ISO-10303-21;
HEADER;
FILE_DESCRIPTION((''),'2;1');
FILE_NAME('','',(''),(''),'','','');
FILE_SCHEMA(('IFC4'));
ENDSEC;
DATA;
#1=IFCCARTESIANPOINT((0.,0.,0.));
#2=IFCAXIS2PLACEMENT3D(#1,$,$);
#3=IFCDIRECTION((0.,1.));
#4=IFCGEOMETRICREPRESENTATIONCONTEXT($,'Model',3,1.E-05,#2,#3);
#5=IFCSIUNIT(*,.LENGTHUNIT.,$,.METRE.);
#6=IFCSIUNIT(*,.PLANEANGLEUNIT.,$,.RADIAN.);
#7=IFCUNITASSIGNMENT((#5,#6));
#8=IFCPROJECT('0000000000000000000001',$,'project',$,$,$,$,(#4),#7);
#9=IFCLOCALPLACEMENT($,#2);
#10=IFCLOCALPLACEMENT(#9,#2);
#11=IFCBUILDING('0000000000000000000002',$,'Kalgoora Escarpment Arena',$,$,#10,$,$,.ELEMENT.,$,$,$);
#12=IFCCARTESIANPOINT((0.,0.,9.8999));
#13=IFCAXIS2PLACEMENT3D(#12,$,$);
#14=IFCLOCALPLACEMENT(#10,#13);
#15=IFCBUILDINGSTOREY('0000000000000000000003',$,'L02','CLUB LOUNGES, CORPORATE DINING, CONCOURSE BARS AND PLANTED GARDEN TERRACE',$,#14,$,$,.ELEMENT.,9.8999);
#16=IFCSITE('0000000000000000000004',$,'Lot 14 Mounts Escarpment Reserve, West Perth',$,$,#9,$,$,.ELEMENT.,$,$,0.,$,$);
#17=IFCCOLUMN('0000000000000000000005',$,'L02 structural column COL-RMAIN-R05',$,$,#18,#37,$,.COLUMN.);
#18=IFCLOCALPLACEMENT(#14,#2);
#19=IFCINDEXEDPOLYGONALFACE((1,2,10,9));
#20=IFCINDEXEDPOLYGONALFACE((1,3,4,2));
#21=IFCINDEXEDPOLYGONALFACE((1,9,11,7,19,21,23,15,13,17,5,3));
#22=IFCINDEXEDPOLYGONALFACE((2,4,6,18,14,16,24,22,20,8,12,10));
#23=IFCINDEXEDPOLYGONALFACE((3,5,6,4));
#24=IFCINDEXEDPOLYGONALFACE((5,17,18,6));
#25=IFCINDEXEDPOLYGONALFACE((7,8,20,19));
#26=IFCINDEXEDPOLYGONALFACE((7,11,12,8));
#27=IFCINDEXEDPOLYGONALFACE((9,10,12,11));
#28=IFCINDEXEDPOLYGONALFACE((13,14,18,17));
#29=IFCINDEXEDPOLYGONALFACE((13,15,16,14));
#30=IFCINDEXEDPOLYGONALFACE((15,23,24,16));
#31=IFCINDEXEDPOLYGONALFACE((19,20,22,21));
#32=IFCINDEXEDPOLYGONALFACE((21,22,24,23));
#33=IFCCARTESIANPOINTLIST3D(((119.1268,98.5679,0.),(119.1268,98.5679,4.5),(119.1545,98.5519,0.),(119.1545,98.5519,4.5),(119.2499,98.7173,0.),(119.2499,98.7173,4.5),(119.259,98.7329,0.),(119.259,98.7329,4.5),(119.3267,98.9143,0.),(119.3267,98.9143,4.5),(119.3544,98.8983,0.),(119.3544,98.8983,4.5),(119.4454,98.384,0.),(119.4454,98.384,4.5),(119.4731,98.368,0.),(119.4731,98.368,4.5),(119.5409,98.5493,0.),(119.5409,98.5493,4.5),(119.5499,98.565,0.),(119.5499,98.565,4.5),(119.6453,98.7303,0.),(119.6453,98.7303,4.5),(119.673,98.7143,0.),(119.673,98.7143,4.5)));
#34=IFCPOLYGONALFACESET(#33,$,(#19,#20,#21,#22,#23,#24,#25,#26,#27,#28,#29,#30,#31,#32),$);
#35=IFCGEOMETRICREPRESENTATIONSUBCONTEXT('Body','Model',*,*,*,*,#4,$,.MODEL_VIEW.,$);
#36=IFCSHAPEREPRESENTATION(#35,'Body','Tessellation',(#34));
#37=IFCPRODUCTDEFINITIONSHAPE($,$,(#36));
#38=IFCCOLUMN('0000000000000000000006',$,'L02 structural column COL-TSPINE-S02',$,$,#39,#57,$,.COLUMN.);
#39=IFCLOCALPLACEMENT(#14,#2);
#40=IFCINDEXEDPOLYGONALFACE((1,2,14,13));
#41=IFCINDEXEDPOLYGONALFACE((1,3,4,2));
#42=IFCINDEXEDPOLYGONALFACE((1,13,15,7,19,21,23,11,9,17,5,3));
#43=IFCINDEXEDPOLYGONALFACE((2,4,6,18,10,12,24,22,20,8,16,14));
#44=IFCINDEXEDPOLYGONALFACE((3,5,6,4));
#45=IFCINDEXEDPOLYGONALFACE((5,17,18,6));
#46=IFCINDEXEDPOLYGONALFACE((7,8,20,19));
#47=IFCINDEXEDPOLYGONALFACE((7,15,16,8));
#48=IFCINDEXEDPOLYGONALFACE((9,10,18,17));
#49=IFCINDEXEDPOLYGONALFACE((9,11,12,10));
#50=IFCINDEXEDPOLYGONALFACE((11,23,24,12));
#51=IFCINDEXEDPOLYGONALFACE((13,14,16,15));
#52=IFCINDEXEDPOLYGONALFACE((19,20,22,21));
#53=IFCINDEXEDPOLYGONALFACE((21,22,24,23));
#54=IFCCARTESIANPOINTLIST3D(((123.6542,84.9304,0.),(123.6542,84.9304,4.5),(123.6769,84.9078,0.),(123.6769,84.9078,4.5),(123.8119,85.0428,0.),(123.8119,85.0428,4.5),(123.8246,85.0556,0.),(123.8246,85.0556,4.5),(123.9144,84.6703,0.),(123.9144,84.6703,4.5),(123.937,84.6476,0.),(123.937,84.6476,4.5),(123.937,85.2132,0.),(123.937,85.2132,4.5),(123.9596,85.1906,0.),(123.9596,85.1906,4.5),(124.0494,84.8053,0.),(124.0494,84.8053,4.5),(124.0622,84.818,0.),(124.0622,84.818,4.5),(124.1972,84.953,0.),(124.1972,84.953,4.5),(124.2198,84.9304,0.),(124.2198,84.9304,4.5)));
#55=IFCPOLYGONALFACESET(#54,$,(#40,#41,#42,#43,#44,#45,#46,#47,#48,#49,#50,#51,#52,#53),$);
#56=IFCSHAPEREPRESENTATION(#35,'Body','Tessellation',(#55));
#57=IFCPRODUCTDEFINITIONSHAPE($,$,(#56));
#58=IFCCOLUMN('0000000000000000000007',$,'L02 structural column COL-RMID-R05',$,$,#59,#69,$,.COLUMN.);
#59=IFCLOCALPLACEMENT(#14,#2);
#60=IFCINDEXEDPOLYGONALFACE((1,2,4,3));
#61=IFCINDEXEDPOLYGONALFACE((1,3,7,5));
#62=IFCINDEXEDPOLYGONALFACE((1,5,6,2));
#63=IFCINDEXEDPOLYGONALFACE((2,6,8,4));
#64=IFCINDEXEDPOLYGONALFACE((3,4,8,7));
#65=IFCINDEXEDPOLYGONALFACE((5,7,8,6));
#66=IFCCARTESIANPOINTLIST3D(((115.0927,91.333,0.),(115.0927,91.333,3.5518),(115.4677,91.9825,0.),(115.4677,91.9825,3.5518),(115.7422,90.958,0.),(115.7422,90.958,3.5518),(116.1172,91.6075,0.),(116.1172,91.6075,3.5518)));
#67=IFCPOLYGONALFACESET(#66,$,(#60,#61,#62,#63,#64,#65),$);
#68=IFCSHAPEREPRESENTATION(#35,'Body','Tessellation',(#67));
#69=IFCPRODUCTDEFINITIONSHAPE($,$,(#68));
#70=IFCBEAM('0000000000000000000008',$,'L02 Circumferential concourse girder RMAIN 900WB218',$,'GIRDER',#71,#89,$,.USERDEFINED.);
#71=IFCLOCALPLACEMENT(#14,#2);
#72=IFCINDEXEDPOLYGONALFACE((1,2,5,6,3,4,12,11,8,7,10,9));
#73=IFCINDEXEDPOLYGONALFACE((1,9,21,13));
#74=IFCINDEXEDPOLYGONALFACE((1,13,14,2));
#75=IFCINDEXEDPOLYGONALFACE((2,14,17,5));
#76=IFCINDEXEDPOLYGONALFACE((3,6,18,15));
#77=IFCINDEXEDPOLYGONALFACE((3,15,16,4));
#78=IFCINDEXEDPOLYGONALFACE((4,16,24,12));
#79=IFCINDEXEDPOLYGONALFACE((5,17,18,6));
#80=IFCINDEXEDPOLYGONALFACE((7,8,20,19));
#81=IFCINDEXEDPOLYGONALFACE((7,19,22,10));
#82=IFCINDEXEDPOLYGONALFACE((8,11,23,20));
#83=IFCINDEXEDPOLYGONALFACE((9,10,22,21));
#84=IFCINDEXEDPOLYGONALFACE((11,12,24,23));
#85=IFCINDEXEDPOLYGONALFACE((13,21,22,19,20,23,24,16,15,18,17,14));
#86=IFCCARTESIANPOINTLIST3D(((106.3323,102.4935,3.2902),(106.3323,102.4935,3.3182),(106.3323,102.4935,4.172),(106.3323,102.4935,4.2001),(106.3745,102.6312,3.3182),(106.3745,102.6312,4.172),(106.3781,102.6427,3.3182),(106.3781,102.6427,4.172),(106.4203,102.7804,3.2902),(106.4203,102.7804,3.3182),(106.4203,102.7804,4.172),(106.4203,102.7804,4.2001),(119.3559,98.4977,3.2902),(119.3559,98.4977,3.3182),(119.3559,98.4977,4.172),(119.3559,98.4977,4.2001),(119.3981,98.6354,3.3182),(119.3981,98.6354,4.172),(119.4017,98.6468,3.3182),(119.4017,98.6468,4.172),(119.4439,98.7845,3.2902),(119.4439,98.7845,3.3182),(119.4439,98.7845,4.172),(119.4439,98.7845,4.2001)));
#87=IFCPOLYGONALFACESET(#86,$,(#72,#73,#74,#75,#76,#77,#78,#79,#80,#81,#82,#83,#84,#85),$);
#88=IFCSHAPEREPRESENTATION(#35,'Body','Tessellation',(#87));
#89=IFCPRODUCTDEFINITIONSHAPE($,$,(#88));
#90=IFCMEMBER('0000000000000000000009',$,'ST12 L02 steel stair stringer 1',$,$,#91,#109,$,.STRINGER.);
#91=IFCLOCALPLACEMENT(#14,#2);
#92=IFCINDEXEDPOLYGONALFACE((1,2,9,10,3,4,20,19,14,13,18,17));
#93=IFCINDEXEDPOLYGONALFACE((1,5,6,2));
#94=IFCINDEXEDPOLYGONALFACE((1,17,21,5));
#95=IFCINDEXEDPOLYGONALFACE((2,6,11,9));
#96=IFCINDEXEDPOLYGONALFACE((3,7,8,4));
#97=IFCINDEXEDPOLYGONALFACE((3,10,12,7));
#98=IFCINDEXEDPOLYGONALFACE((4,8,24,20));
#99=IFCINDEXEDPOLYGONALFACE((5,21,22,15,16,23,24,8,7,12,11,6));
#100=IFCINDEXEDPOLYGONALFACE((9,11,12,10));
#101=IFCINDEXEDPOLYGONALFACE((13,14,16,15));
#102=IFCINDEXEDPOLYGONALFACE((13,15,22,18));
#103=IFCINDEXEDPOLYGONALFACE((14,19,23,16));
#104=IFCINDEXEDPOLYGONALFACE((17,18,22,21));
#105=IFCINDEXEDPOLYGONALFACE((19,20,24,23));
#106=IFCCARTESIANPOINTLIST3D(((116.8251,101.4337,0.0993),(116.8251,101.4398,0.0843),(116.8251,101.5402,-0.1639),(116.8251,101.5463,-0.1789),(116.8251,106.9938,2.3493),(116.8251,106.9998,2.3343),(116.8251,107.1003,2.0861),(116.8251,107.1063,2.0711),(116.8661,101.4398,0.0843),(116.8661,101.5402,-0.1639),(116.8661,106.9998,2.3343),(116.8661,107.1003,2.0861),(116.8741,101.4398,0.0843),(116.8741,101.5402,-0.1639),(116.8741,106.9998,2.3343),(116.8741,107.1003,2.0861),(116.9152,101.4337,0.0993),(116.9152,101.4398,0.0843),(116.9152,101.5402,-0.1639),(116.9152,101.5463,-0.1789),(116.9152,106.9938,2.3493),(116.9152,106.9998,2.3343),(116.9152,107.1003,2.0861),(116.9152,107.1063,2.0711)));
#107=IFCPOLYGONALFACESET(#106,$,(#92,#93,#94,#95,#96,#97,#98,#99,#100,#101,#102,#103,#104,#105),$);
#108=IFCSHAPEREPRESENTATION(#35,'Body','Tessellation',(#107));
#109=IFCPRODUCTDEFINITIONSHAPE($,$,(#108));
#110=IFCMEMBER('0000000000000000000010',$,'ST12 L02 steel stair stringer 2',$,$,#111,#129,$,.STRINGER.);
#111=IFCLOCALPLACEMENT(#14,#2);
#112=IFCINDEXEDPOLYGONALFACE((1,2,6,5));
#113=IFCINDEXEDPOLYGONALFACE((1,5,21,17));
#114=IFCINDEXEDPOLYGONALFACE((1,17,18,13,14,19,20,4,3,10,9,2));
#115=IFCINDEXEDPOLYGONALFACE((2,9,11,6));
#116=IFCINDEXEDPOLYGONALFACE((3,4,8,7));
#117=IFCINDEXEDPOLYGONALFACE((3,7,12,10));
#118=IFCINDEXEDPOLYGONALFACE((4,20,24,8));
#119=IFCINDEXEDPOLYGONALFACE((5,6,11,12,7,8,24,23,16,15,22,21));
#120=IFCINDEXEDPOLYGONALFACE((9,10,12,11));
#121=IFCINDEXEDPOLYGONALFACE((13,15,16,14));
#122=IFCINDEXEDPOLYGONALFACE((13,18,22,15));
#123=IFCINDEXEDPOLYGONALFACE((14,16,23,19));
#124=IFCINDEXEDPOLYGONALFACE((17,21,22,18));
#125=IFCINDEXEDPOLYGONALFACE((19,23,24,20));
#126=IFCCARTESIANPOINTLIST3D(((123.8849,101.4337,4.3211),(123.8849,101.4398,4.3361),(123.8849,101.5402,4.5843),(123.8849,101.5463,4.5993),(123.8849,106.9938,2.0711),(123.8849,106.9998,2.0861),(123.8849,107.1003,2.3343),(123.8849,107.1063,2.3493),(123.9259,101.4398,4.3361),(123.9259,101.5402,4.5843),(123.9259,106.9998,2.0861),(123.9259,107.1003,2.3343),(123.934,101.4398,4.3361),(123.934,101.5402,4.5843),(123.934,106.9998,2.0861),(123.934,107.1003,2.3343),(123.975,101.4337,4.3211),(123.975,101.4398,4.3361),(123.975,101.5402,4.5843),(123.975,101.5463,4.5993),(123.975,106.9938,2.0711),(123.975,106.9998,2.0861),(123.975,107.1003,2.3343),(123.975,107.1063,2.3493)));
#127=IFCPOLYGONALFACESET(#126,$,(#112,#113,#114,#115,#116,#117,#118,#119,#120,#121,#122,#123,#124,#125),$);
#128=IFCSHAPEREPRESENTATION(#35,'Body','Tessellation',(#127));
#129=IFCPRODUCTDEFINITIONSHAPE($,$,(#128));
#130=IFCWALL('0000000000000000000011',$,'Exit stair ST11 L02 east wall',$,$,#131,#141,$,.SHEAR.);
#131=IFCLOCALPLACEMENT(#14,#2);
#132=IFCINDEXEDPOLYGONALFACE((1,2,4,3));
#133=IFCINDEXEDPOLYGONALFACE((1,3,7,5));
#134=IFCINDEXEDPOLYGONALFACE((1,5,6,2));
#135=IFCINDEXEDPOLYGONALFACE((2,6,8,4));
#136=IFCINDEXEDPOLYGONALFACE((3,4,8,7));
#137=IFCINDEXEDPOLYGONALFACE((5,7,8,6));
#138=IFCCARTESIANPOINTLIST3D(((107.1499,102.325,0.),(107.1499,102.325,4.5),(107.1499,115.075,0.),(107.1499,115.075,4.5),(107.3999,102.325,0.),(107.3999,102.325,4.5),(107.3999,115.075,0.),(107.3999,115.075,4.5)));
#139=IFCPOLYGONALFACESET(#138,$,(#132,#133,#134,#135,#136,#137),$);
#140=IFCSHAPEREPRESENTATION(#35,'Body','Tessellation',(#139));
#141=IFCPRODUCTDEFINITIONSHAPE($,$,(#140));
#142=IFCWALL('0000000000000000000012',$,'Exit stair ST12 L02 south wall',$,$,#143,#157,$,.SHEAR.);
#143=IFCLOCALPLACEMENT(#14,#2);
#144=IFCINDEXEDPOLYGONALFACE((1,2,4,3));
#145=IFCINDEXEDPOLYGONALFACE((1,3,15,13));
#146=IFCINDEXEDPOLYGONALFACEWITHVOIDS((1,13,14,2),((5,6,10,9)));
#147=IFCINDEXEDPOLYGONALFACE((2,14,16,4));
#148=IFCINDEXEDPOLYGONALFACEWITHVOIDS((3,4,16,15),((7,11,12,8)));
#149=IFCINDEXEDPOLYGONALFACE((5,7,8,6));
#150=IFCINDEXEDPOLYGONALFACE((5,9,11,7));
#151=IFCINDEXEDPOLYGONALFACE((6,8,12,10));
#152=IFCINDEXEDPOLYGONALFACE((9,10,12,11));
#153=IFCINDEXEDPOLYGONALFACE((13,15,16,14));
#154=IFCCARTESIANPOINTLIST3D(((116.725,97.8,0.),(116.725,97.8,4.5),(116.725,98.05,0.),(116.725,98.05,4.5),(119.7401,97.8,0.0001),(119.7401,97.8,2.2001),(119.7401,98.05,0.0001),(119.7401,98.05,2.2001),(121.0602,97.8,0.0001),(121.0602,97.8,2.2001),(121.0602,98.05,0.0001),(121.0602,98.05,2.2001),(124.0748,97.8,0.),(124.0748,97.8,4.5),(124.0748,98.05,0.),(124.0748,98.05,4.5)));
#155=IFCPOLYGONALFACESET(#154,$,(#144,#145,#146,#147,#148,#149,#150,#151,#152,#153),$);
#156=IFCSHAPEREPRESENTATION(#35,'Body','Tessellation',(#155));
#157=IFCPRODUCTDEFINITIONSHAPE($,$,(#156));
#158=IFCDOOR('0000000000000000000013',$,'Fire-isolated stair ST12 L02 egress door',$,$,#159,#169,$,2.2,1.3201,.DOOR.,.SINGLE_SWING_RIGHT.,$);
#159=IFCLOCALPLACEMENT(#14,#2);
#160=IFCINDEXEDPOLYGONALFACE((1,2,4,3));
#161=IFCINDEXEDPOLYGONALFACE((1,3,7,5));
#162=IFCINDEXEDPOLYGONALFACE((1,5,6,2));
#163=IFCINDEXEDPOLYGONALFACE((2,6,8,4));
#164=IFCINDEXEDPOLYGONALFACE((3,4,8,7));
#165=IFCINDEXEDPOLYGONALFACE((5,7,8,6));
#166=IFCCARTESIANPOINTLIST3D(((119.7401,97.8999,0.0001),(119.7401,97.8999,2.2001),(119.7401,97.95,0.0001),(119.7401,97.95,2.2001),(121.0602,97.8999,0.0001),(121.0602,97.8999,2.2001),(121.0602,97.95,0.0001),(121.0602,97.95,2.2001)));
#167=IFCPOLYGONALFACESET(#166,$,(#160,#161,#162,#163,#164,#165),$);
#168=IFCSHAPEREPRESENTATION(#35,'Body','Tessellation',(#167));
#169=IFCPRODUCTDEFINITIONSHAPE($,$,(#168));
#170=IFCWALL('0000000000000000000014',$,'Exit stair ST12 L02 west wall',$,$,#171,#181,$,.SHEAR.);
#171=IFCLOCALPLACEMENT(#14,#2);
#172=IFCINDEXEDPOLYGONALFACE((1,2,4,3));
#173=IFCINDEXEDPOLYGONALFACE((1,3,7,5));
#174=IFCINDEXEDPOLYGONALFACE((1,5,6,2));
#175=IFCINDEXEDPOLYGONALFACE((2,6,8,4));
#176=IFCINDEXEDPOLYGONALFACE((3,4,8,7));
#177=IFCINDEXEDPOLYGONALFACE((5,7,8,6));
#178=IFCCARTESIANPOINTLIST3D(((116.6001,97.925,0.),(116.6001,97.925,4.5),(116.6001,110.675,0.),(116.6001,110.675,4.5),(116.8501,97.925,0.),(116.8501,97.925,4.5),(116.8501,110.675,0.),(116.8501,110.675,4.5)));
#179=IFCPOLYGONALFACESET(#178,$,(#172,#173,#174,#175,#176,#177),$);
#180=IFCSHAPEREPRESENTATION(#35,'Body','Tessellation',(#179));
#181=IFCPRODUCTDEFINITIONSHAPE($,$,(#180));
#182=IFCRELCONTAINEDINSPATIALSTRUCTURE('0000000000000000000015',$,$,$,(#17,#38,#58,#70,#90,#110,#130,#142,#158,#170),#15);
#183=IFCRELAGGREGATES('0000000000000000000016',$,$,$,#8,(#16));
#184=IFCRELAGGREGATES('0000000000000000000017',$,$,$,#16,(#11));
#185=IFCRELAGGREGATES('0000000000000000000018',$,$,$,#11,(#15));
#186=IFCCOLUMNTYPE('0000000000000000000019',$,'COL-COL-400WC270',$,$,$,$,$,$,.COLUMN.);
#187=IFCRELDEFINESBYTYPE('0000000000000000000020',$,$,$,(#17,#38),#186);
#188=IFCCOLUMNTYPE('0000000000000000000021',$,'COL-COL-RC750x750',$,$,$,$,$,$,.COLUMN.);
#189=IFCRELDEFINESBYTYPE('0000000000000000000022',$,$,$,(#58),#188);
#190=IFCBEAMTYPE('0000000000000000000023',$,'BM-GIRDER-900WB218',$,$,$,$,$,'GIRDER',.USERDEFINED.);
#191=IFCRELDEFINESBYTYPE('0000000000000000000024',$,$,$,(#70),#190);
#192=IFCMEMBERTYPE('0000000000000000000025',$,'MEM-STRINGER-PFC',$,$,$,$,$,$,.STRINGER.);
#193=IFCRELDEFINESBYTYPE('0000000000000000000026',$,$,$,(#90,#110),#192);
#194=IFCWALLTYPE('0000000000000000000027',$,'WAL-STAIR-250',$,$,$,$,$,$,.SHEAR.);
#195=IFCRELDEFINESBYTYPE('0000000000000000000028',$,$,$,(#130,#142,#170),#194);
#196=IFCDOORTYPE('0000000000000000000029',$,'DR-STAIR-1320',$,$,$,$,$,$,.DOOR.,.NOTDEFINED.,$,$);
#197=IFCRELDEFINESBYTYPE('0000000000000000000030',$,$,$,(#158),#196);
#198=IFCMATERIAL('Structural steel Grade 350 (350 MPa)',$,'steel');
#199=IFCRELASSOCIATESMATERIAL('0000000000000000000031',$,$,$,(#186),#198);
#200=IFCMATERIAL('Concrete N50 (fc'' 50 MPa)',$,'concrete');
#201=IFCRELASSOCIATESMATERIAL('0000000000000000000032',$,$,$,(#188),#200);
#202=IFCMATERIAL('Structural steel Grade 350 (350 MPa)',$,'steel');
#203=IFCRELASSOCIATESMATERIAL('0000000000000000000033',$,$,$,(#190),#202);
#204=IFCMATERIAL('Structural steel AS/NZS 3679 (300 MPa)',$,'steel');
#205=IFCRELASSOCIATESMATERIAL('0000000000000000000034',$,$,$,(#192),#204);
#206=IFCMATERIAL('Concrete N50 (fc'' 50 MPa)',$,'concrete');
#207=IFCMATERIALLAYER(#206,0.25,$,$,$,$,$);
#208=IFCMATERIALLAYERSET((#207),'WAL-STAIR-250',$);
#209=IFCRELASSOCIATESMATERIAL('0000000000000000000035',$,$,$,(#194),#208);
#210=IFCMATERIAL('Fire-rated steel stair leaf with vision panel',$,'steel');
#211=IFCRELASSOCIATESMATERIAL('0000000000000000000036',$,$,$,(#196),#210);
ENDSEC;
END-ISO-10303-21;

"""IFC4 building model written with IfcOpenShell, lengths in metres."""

from ifc_helpers import new_model, si_unit, direction, frame, frame_2d, origin, origin_2d, place, context, subcontext, project, spatial, rectangle, i_section, extrude, material, layer, layer_set, material_profile, profile_set, type_object, element, fill, save


model = new_model("IFC4")

# Units and contexts
model_context = context("Model", 3, precision=1e-05, world=origin(), true_north=direction((0.0, 1.0)))
body_context = subcontext(model_context, "Body", "Model", "MODEL_VIEW")
ifc_project = project(units=[si_unit("LENGTHUNIT", "METRE"), si_unit("PLANEANGLEUNIT", "RADIAN")], contexts=[model_context])

# Site, building, storey
site_placement = place(None, origin())
site = spatial("IfcSite", under=ifc_project, at=site_placement, Name="Lot 14 Mounts Escarpment Reserve, West Perth", CompositionType="ELEMENT", RefElevation=0.0)
building_placement = place(site_placement, origin())
building = spatial("IfcBuilding", under=site, at=building_placement, Name="Kalgoora Escarpment Arena", CompositionType="ELEMENT")
storey_placement = place(building_placement, frame((0.0, 0.0, 9.8999)))
storey = spatial("IfcBuildingStorey", under=building, at=storey_placement, Name="L02", Description="CLUB LOUNGES, CORPORATE DINING, CONCOURSE BARS AND PLANTED GARDEN TERRACE", CompositionType="ELEMENT", Elevation=9.8999)

# Columns
ifc_material_1 = material(Name="Structural steel Grade 350 (350 MPa)", Category="steel")
ifc_material_profile_1 = material_profile(ifc_material_1, i_section(OverallWidth=0.3999, OverallDepth=0.3999, WebThickness=0.0181, FlangeThickness=0.032, at=origin_2d()))
ifc_profile_set_1 = profile_set([ifc_material_profile_1], Name="Structural steel Grade 350 (350 MPa)")
column_type_1 = type_object("IfcColumnType", Name="COL-COL-400WC270", PredefinedType="COLUMN", material=ifc_profile_set_1)
for number, where, z_axis, x_axis, name in (
    (1, (119.3999, 98.6411, 0.0), (0.0, 0.0, 1.0), (0.5, 0.866025, 0.0), "L02 structural column COL-RMAIN-R05"),
    (2, (123.937, 84.9304, 0.0), (0.0, 0.0, 1.0), (0.707107, 0.707107, 0.0), "L02 structural column COL-TSPINE-S02"),
):
    element("IfcColumn", number, at=place(storey_placement, frame(where, z_axis=z_axis, x_axis=x_axis)), inside=storey, type_object=column_type_1, Name=name, PredefinedType="COLUMN", context=body_context, shape_type="SweptSolid", body=[
        extrude(i_section(OverallWidth=0.3999, OverallDepth=0.3999, WebThickness=0.0181, FlangeThickness=0.032, at=origin_2d()), origin(), (0.0, 0.0, 1.0), 4.5),
    ])
ifc_material_2 = material(Name="Concrete N50 (fc' 50 MPa)", Category="concrete")
ifc_material_profile_2 = material_profile(ifc_material_2, rectangle(XDim=0.75, YDim=0.75, at=origin_2d()))
ifc_profile_set_2 = profile_set([ifc_material_profile_2], Name="Concrete N50 (fc' 50 MPa)")
column_type_2 = type_object("IfcColumnType", Name="COL-COL-RC750x750", PredefinedType="COLUMN", material=ifc_profile_set_2)
column_placement = place(storey_placement, frame((115.605, 91.4702, 0.0), z_axis=(0.0, 0.0, 1.0), x_axis=(0.5, 0.866025, 0.0)))
element("IfcColumn", 3, at=column_placement, inside=storey, type_object=column_type_2, Name="L02 structural column COL-RMID-R05", PredefinedType="COLUMN", context=body_context, shape_type="SweptSolid", body=[
    extrude(rectangle(XDim=0.75, YDim=0.75, at=origin_2d()), origin(), (0.0, 0.0, 1.0), 3.5518),
])

# Beam
ifc_material_3 = material(Name="Structural steel Grade 350 (350 MPa)", Category="steel")
ifc_material_profile_3 = material_profile(ifc_material_3, i_section(OverallWidth=0.3, OverallDepth=0.9099, WebThickness=0.012, FlangeThickness=0.0281, at=origin_2d()))
ifc_profile_set_3 = profile_set([ifc_material_profile_3], Name="Structural steel Grade 350 (350 MPa)")
beam_type = type_object("IfcBeamType", Name="BM-GIRDER-900WB218", ElementType="GIRDER", PredefinedType="USERDEFINED", material=ifc_profile_set_3)
beam_placement = place(storey_placement, frame((119.3999, 98.6411, 3.7451), z_axis=(-0.956015, 0.293319, 0.0), x_axis=(-0.293319, -0.956015, 0.0)))
element("IfcBeam", 4, at=beam_placement, inside=storey, type_object=beam_type, Name="L02 Circumferential concourse girder RMAIN 900WB218", ObjectType="GIRDER", PredefinedType="USERDEFINED", context=body_context, shape_type="SweptSolid", body=[
    extrude(i_section(OverallWidth=0.3, OverallDepth=0.9099, WebThickness=0.012, FlangeThickness=0.0281, at=origin_2d()), origin(), (0.0, 0.0, 1.0), 13.6228),
])

# Members
ifc_material_4 = material(Name="Structural steel AS/NZS 3679 (300 MPa)", Category="steel")
ifc_material_profile_4 = material_profile(ifc_material_4, i_section(OverallWidth=0.0901, OverallDepth=0.3, WebThickness=0.0081, FlangeThickness=0.0161, at=origin_2d()))
ifc_profile_set_4 = profile_set([ifc_material_profile_4], Name="Structural steel AS/NZS 3679 (300 MPa)")
member_type = type_object("IfcMemberType", Name="MEM-STRINGER-PFC", PredefinedType="STRINGER", material=ifc_profile_set_4)
for number, where, z_axis, x_axis, name in (
    (5, (116.8701, 101.49, -0.0398), (0.0, 0.926976, 0.375121), (-1.0, 0.0, 0.0), "ST12 L02 steel stair stringer 1"),
    (6, (123.9299, 107.05, 2.2102), (0.0, -0.926976, 0.375121), (1.0, 0.0, 0.0), "ST12 L02 steel stair stringer 2"),
):
    element("IfcMember", number, at=place(storey_placement, frame(where, z_axis=z_axis, x_axis=x_axis)), inside=storey, type_object=member_type, Name=name, PredefinedType="STRINGER", context=body_context, shape_type="SweptSolid", body=[
        extrude(i_section(OverallWidth=0.0901, OverallDepth=0.3, WebThickness=0.0081, FlangeThickness=0.0161, at=origin_2d()), origin(), (0.0, 0.0, 1.0), 5.998),
    ])

# Wall
ifc_material_5 = material(Name="Concrete N50 (fc' 50 MPa)", Category="concrete")
ifc_layer_1 = layer(ifc_material_5, 0.25)
ifc_layer_set_1 = layer_set([ifc_layer_1], Name="WAL-STAIR-250")
wall_type_1 = type_object("IfcWallType", Name="WAL-STAIR-250", PredefinedType="SHEAR", material=ifc_layer_set_1)
wall_1_placement = place(storey_placement, frame((107.2749, 102.325, 0.0), z_axis=(0.0, 0.0, 1.0), x_axis=(0.0, 1.0, 0.0)))
element("IfcWall", 7, at=wall_1_placement, inside=storey, type_object=wall_type_1, Name="Exit stair ST11 L02 east wall", PredefinedType="SHEAR", context=body_context, shape_type="SweptSolid", body=[
    extrude(rectangle(XDim=12.75, YDim=0.25, at=frame_2d((6.375, 0.0))), origin(), (0.0, 0.0, 1.0), 4.5),
])

# Wall, opening, door
wall_2_placement = place(storey_placement, frame((116.7251, 97.925, 0.0), z_axis=(0.0, 0.0, 1.0), x_axis=(1.0, 0.0, 0.0)))
wall_2 = element("IfcWall", 8, at=wall_2_placement, inside=storey, type_object=wall_type_1, Name="Exit stair ST12 L02 south wall", PredefinedType="SHEAR", context=body_context, shape_type="SweptSolid", body=[
    extrude(rectangle(XDim=7.3499, YDim=0.25, at=frame_2d((3.6748, 0.0))), origin(), (0.0, 0.0, 1.0), 4.5),
])
opening_1_placement = place(wall_2_placement, frame((3.0149, 0.0, 0.0)))
opening_1 = element("IfcOpeningElement", 9, at=opening_1_placement, cuts=wall_2, PredefinedType="OPENING", context=body_context, shape_type="SweptSolid", body=[
    extrude(rectangle(XDim=1.3201, YDim=2.2, at=frame_2d((0.6602, 1.1001))), frame((0.0, 0.135, 0.0), z_axis=(0.0, -1.0, 0.0), x_axis=(1.0, 0.0, 0.0)), (0.0, 0.0, 1.0), 0.27),
])
ifc_material_6 = material(Name="Fire-rated steel stair leaf with vision panel", Category="steel")
door_type_1 = type_object("IfcDoorType", Name="DR-STAIR-1320", OperationType="NOTDEFINED", PredefinedType="DOOR", material=ifc_material_6)
door_1_placement = place(opening_1_placement, origin())
door_1 = element("IfcDoor", 10, at=door_1_placement, inside=storey, type_object=door_type_1, Name="Fire-isolated stair ST12 L02 egress door", OperationType="SINGLE_SWING_RIGHT", OverallHeight=2.2, OverallWidth=1.3201, PredefinedType="DOOR", context=body_context, shape_type="SweptSolid", body=[
    extrude(rectangle(XDim=1.3201, YDim=2.2, at=frame_2d((0.6602, 1.1001))), frame((0.0, 0.0249, 0.0), z_axis=(0.0, -1.0, 0.0), x_axis=(1.0, 0.0, 0.0)), (0.0, 0.0, 1.0), 0.05),
])
fill(opening_1, door_1)

# Wall
wall_3_placement = place(storey_placement, frame((116.7251, 97.925, 0.0), z_axis=(0.0, 0.0, 1.0), x_axis=(0.0, 1.0, 0.0)))
element("IfcWall", 11, at=wall_3_placement, inside=storey, type_object=wall_type_1, Name="Exit stair ST12 L02 west wall", PredefinedType="SHEAR", context=body_context, shape_type="SweptSolid", body=[
    extrude(rectangle(XDim=12.75, YDim=0.25, at=frame_2d((6.375, 0.0))), origin(), (0.0, 0.0, 1.0), 4.5),
])

save(model, "model.ifc")
